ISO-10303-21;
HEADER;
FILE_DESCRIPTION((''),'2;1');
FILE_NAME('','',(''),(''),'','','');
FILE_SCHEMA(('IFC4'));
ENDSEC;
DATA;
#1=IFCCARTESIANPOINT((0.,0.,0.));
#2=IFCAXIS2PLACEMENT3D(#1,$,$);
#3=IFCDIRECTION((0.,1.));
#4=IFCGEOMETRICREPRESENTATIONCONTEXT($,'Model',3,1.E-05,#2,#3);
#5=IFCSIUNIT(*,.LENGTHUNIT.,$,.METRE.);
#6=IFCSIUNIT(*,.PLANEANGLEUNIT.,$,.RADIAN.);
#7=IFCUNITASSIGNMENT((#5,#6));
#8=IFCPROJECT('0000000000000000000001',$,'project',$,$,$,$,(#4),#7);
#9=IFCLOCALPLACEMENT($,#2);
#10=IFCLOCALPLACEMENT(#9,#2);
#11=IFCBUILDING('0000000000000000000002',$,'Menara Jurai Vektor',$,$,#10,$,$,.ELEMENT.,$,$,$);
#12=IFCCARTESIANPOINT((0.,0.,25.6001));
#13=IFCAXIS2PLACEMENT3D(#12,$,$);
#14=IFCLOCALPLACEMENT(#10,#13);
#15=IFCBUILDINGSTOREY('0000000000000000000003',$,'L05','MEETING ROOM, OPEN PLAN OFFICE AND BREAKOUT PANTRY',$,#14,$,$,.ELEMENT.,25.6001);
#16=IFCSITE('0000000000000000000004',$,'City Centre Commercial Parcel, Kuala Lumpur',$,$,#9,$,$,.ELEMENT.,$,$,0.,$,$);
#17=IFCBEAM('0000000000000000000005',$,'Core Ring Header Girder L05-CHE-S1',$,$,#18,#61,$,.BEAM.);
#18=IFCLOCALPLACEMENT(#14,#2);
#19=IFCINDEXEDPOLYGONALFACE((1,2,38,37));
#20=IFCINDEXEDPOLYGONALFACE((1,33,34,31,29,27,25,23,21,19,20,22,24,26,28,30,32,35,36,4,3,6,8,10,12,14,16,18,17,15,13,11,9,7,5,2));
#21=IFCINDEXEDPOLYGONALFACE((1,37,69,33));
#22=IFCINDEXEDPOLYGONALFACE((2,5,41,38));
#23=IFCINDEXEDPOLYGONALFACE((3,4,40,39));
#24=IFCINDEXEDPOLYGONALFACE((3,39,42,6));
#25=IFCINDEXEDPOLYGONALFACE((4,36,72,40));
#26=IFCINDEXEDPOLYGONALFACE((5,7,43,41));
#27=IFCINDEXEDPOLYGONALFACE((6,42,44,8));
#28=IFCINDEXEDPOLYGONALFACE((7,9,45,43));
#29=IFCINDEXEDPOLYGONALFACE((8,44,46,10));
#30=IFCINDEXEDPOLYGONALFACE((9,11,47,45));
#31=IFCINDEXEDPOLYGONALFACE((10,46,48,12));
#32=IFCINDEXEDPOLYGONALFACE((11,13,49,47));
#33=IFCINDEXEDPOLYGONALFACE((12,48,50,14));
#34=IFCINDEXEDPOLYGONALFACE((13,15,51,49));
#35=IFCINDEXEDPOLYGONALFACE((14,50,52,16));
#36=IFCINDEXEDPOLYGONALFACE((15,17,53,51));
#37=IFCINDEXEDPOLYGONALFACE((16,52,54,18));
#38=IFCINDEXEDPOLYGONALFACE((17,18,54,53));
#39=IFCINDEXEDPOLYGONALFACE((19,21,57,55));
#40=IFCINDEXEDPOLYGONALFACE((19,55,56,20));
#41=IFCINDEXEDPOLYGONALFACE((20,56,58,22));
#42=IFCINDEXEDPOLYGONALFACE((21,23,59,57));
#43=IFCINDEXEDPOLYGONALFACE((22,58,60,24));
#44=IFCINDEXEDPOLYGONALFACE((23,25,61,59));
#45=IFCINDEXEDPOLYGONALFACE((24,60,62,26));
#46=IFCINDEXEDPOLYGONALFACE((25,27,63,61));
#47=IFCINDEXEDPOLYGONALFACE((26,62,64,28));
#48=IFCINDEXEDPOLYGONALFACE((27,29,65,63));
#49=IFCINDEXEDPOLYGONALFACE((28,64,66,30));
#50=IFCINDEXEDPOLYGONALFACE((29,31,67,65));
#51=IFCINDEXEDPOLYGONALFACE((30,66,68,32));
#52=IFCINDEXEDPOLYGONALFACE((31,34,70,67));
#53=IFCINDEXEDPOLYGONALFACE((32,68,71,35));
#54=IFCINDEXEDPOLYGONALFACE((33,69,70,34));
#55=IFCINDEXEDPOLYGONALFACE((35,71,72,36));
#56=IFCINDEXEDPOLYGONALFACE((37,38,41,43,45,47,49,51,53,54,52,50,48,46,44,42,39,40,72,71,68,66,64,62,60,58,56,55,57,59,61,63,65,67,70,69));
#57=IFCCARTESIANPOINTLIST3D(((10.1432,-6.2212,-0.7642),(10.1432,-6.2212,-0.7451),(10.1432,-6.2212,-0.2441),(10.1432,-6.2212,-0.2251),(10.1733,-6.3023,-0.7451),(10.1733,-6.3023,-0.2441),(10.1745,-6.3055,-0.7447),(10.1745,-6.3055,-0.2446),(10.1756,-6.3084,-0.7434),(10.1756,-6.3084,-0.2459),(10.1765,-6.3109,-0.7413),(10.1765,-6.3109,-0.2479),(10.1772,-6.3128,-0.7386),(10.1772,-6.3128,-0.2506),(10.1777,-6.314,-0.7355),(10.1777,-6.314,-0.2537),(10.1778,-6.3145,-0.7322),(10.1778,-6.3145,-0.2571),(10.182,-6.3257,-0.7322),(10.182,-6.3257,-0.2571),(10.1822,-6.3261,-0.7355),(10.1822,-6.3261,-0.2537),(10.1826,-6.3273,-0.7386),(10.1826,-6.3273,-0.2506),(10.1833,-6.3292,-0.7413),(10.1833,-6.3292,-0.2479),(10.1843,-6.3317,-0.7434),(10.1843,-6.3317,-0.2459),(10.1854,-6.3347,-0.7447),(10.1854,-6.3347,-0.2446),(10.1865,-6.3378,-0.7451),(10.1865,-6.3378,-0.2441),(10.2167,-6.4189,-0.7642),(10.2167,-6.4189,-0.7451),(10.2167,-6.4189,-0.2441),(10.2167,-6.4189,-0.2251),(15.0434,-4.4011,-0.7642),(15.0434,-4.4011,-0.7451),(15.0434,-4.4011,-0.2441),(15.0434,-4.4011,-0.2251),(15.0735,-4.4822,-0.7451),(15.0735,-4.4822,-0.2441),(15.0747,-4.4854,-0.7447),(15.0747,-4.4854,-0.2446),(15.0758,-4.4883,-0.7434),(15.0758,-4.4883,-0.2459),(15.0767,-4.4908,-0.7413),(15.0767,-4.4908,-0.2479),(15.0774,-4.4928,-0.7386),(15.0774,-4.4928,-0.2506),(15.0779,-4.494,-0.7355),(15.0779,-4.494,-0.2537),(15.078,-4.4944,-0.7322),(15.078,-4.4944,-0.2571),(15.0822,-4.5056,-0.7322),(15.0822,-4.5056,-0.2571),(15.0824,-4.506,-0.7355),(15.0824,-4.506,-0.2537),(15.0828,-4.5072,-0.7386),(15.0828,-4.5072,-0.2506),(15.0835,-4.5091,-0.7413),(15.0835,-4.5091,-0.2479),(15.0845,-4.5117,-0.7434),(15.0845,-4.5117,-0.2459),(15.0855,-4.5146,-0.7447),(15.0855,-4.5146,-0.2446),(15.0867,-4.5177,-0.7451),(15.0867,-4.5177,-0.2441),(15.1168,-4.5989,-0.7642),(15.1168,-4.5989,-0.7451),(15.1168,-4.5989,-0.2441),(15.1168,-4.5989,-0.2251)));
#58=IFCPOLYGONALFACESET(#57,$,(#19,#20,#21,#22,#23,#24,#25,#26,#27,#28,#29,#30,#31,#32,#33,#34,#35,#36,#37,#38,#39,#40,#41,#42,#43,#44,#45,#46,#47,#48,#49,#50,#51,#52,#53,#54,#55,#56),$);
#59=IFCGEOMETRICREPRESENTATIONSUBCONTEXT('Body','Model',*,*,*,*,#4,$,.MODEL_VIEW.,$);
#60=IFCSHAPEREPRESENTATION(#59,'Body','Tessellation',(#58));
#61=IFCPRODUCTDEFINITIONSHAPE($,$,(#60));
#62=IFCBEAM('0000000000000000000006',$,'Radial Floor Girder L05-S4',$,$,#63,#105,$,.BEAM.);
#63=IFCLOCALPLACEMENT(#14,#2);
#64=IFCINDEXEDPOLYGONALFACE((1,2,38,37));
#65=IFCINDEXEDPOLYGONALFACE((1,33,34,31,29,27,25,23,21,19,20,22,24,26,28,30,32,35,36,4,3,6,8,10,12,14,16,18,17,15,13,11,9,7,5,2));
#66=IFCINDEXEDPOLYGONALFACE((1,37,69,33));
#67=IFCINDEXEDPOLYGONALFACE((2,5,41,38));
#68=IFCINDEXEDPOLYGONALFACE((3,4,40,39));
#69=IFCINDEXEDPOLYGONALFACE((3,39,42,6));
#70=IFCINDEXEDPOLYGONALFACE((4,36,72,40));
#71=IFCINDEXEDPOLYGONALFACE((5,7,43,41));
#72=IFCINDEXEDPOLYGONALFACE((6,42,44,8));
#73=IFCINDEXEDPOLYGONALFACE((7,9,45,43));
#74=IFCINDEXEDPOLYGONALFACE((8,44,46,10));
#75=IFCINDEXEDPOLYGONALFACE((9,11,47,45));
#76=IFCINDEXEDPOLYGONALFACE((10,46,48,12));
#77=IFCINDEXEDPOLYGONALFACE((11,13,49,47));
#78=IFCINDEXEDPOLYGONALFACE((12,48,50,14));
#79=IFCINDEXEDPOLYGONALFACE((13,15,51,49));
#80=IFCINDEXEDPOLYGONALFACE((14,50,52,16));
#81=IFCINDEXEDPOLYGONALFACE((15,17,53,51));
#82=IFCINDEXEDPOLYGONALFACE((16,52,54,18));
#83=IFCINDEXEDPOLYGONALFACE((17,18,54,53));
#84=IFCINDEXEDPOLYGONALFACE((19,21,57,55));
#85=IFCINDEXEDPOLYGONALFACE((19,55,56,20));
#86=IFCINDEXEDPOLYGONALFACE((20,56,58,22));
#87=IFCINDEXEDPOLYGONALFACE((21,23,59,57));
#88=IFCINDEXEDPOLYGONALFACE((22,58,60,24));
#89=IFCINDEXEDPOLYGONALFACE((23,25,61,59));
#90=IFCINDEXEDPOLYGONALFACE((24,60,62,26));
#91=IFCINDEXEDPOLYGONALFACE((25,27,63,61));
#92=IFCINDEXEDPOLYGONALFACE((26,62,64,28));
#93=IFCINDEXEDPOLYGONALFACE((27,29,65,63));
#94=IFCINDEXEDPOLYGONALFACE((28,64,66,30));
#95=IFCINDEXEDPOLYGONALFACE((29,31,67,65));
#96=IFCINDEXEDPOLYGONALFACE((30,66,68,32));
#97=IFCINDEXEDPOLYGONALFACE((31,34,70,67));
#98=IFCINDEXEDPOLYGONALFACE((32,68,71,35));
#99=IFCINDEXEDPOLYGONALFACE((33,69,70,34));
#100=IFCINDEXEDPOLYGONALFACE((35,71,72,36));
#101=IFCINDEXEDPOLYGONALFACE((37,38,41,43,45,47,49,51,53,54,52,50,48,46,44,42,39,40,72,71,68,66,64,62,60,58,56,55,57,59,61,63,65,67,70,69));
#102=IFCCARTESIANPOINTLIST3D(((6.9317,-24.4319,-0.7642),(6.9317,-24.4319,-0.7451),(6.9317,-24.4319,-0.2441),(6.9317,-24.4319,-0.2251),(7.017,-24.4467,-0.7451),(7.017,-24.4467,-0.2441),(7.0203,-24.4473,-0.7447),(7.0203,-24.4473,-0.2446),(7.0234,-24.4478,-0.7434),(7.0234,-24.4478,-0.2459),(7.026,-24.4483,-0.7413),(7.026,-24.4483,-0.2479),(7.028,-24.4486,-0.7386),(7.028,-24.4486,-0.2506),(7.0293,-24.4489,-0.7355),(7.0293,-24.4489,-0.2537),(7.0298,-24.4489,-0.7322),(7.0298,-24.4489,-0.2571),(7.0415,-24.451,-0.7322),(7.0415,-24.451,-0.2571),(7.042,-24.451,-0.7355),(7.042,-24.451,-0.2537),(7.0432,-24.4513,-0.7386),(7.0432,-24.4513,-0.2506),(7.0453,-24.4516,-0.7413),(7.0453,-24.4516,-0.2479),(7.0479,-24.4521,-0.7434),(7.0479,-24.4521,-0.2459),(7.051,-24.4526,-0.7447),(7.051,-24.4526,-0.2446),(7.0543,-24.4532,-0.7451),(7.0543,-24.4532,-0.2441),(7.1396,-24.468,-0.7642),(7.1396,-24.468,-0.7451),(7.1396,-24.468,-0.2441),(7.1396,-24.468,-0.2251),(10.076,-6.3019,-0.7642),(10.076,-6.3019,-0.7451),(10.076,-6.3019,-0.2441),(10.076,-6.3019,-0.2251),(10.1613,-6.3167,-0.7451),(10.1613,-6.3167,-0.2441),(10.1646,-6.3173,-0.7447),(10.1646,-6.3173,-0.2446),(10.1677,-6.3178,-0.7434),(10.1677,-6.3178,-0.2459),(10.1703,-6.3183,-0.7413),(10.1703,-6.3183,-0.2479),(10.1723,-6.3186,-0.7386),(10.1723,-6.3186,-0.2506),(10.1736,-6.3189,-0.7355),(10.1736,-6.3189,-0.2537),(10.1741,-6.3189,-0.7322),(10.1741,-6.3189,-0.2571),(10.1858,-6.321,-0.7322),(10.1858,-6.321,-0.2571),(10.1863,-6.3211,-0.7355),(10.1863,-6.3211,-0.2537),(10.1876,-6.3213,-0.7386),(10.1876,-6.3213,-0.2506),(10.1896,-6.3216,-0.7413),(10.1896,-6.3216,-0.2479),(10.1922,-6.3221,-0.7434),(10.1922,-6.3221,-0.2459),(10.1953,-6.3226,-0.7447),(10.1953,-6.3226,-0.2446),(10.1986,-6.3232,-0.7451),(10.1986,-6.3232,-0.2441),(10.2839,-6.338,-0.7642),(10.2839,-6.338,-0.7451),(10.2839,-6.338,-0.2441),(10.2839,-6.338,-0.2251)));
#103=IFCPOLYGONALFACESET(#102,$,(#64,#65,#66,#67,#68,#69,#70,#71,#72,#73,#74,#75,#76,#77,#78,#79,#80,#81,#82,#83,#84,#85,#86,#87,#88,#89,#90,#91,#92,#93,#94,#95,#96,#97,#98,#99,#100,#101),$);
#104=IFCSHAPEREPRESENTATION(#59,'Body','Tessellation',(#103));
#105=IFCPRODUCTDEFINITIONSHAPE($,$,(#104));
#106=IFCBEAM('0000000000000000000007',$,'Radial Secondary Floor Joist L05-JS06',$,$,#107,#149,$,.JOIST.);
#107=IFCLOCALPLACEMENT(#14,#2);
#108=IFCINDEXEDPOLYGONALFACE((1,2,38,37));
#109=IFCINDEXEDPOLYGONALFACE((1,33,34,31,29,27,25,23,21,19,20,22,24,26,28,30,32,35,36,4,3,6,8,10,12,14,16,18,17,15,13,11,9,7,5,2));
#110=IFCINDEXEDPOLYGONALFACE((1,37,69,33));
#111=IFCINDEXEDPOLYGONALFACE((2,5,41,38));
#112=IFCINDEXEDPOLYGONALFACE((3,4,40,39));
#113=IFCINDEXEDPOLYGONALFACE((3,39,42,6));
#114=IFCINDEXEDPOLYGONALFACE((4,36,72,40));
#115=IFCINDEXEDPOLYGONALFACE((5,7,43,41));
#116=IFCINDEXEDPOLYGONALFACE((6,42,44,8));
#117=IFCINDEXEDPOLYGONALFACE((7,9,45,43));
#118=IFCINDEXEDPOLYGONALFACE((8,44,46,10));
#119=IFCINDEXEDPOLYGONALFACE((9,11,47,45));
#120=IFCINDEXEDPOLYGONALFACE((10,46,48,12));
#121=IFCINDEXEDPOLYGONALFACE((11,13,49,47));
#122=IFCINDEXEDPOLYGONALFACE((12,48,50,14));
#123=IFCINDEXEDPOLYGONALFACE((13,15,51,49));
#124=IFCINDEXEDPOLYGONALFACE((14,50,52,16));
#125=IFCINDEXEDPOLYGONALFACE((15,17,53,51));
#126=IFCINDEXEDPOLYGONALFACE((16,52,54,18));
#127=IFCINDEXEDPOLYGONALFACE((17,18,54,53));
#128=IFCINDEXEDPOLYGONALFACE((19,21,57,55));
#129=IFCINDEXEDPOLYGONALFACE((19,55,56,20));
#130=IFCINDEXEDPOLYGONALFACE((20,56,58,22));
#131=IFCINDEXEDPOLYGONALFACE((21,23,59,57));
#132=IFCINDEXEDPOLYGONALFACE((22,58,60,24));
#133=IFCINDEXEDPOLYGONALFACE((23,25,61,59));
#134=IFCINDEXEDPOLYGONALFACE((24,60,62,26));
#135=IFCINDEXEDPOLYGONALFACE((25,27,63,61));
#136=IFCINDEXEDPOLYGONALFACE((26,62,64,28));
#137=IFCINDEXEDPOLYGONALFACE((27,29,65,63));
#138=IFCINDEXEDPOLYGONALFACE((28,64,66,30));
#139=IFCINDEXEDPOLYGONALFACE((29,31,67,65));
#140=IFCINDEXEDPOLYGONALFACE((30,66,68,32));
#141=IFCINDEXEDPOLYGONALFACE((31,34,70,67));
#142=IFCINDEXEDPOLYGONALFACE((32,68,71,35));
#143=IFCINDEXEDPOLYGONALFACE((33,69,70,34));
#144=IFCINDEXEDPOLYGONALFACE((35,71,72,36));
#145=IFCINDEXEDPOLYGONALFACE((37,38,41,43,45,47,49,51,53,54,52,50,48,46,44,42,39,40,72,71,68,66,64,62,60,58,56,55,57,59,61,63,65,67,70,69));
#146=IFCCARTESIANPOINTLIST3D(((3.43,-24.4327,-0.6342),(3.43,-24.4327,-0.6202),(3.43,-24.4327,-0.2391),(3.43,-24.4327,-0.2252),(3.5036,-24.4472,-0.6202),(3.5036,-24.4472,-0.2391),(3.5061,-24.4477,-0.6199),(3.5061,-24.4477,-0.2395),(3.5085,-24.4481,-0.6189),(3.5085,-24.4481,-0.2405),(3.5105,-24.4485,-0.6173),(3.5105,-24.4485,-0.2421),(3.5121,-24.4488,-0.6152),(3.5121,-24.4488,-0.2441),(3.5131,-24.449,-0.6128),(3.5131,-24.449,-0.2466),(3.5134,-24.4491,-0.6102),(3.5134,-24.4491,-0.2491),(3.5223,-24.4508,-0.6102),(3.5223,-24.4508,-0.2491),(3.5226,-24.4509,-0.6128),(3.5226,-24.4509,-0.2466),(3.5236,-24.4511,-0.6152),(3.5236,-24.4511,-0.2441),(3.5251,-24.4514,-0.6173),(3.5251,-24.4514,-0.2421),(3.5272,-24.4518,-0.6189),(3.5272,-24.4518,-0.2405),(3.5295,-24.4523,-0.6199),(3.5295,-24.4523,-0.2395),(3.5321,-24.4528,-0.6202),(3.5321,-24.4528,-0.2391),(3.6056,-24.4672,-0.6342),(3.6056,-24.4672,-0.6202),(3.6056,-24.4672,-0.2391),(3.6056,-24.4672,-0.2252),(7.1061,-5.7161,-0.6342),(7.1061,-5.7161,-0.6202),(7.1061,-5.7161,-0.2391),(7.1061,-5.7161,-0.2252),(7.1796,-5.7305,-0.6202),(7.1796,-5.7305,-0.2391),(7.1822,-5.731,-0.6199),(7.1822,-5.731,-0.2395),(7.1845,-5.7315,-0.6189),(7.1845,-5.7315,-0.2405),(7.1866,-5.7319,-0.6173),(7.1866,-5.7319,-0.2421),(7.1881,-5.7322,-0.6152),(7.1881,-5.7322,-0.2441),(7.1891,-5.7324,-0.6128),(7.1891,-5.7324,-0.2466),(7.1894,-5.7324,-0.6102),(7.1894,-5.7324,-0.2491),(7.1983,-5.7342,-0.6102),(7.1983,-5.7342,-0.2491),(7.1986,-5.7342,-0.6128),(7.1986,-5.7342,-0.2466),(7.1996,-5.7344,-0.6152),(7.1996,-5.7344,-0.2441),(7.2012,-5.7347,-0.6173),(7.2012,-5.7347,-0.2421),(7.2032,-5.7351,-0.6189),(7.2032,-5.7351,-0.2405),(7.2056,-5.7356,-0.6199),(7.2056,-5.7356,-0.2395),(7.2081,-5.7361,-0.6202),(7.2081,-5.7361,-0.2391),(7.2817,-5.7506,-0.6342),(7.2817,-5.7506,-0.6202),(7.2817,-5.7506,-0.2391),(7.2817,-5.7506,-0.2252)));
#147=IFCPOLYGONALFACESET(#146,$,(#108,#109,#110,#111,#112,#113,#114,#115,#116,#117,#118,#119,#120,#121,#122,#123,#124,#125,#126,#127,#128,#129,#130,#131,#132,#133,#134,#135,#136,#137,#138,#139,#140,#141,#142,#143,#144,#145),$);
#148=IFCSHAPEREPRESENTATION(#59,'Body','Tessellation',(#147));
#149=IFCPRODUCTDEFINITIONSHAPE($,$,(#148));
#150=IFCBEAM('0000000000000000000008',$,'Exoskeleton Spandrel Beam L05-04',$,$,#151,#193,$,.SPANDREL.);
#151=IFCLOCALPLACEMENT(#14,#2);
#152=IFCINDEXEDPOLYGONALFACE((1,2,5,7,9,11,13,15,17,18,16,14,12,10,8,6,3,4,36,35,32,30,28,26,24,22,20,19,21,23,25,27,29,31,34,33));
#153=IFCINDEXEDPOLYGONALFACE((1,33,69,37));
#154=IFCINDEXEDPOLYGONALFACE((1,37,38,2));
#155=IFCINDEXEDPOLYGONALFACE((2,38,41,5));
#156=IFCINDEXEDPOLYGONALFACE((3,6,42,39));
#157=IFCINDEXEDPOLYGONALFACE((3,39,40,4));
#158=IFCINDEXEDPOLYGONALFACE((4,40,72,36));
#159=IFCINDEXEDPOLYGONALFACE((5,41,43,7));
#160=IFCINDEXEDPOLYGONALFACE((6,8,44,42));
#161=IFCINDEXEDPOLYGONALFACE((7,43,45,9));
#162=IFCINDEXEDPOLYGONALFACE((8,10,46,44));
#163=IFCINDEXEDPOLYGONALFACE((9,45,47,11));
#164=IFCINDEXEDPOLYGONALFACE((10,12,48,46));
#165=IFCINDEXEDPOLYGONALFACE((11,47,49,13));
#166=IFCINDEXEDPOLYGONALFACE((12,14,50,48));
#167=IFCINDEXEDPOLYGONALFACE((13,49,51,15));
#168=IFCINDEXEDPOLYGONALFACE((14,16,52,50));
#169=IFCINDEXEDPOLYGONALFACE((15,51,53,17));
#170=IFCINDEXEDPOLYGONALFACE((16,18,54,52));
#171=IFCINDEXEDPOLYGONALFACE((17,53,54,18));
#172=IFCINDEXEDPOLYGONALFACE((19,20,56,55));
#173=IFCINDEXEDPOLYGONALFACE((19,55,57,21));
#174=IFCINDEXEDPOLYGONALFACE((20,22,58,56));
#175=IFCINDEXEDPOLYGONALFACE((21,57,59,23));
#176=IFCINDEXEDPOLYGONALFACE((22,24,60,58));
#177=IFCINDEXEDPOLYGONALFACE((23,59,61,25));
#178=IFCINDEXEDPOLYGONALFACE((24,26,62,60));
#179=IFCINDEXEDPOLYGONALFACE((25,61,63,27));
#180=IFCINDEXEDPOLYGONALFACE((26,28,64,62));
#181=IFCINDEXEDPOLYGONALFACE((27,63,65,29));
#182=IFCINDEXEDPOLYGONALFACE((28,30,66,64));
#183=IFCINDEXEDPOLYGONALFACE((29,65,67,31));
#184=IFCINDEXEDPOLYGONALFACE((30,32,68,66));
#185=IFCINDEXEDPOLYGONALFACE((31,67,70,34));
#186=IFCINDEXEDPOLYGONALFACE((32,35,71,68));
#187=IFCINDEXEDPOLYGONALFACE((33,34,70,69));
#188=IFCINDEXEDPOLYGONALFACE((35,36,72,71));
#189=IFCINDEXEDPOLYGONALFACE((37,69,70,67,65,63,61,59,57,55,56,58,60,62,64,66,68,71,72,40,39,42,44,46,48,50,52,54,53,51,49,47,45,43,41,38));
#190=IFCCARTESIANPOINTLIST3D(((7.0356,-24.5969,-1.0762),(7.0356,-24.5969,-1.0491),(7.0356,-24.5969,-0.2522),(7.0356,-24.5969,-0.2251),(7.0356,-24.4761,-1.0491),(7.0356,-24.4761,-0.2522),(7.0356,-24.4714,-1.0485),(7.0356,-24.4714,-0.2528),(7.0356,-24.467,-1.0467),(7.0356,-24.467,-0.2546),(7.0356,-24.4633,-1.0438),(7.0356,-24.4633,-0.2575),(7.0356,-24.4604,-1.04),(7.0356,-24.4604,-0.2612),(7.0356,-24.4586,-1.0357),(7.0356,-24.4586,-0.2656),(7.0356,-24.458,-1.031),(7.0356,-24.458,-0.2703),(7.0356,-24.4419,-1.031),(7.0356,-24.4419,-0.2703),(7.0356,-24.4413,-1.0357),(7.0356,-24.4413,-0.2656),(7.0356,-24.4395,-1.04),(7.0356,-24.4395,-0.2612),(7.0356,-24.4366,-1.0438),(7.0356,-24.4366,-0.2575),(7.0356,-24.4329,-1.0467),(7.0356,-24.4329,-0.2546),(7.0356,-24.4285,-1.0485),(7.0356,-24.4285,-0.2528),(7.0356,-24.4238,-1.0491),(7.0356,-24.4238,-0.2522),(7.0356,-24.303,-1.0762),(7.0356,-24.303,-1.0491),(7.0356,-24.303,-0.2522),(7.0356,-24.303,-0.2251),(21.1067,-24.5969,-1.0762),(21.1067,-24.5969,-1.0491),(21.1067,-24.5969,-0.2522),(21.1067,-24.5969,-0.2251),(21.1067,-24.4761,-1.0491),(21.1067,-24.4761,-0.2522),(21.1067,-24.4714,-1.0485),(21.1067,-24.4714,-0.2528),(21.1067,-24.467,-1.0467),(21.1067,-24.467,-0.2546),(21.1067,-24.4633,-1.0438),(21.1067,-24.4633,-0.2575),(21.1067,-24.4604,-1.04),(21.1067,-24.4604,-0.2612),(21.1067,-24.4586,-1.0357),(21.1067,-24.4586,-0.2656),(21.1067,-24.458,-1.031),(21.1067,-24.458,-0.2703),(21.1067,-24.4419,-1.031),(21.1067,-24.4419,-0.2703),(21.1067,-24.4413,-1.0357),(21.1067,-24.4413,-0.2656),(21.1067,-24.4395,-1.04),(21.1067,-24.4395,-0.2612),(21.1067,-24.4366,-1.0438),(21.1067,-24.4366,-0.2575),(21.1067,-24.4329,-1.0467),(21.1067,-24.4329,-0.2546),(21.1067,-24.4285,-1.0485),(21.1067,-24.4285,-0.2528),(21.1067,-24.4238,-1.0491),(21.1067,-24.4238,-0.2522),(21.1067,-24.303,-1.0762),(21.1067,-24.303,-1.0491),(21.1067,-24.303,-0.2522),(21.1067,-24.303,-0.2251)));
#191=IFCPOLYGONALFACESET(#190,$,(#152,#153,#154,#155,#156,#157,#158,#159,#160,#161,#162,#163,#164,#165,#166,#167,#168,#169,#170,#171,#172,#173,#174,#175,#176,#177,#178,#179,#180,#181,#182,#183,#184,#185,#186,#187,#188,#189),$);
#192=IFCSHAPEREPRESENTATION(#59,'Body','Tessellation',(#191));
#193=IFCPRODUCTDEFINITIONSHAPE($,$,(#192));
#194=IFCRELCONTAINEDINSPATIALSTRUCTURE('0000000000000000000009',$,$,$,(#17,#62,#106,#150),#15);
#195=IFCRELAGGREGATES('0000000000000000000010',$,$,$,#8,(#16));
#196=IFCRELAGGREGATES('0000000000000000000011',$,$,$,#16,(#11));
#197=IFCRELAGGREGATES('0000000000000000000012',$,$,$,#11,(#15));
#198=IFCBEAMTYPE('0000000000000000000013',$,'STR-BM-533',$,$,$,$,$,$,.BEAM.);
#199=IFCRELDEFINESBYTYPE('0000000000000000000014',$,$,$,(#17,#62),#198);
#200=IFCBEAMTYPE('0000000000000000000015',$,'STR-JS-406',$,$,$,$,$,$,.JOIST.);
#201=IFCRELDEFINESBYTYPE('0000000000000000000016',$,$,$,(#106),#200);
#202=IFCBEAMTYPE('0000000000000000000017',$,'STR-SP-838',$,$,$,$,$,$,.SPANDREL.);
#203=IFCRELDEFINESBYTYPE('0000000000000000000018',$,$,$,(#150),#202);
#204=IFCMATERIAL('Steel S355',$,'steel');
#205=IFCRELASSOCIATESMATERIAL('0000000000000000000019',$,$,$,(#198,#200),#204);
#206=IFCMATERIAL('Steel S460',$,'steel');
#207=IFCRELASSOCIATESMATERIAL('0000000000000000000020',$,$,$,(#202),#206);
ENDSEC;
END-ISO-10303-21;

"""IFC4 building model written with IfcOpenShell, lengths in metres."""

from ifc_helpers import new_model, si_unit, direction, frame, origin, origin_2d, place, context, subcontext, project, spatial, i_section, extrude, material, material_profile, profile_set, type_object, element, save


model = new_model("IFC4")

# Units and contexts
model_context = context("Model", 3, precision=1e-05, world=origin(), true_north=direction((0.0, 1.0)))
body_context = subcontext(model_context, "Body", "Model", "MODEL_VIEW")
ifc_project = project(units=[si_unit("LENGTHUNIT", "METRE"), si_unit("PLANEANGLEUNIT", "RADIAN")], contexts=[model_context])

# Site, building, storey
site_placement = place(None, origin())
site = spatial("IfcSite", under=ifc_project, at=site_placement, Name="City Centre Commercial Parcel, Kuala Lumpur", CompositionType="ELEMENT", RefElevation=0.0)
building_placement = place(site_placement, origin())
building = spatial("IfcBuilding", under=site, at=building_placement, Name="Menara Jurai Vektor", CompositionType="ELEMENT")
storey_placement = place(building_placement, frame((0.0, 0.0, 25.6001)))
storey = spatial("IfcBuildingStorey", under=building, at=storey_placement, Name="L05", Description="MEETING ROOM, OPEN PLAN OFFICE AND BREAKOUT PANTRY", CompositionType="ELEMENT", Elevation=25.6001)

# Shared definitions
ifc_material_1 = material(Name="Steel S460", Category="steel")

# Beams
ifc_material_2 = material(Name="Steel S355", Category="steel")
ifc_material_profile_1 = material_profile(ifc_material_2, i_section(OverallWidth=0.2109, OverallDepth=0.5391, WebThickness=0.012, FlangeThickness=0.019, FilletRadius=0.0129, at=origin_2d()), Name="UKB 533x210x109")
ifc_profile_set_1 = profile_set([ifc_material_profile_1], Name="Steel S355")
beam_type_1 = type_object("IfcBeamType", Name="STR-BM-533", PredefinedType="BEAM", material=ifc_profile_set_1)
beam_1_placement = place(storey_placement, frame((10.1799, -6.3201, -0.4946), z_axis=(0.937424, 0.348189, 0.0), x_axis=(-0.348189, 0.937424, 0.0)))
element("IfcBeam", 1, at=beam_1_placement, inside=storey, type_object=beam_type_1, Name="Core Ring Header Girder L05-CHE-S1", PredefinedType="BEAM", context=body_context, shape_type="SweptSolid", body=[
    extrude(i_section(OverallWidth=0.2109, OverallDepth=0.5391, WebThickness=0.012, FlangeThickness=0.019, FilletRadius=0.0129, at=origin_2d()), origin(), (0.0, 0.0, 1.0), 5.2273),
])
beam_2_placement = place(storey_placement, frame((7.0356, -24.45, -0.4946), z_axis=(0.17088, 0.985292, 0.0), x_axis=(-0.985292, 0.17088, 0.0)))
element("IfcBeam", 2, at=beam_2_placement, inside=storey, type_object=beam_type_1, Name="Radial Floor Girder L05-S4", PredefinedType="BEAM", context=body_context, shape_type="SweptSolid", body=[
    extrude(i_section(OverallWidth=0.2109, OverallDepth=0.5391, WebThickness=0.012, FlangeThickness=0.019, FilletRadius=0.0129, at=origin_2d()), origin(), (0.0, 0.0, 1.0), 18.4006),
])
ifc_material_profile_2 = material_profile(ifc_material_2, i_section(OverallWidth=0.179, OverallDepth=0.4089, WebThickness=0.009, FlangeThickness=0.0139, FilletRadius=0.01, at=origin_2d()), Name="UKB 406x178x67")
ifc_profile_set_2 = profile_set([ifc_material_profile_2], Name="Steel S355")
beam_type_2 = type_object("IfcBeamType", Name="STR-JS-406", PredefinedType="JOIST", material=ifc_profile_set_2)
beam_3_placement = place(storey_placement, frame((3.5178, -24.45, -0.4297), z_axis=(0.192723, 0.981253, 0.0), x_axis=(-0.981253, 0.192723, 0.0)))
element("IfcBeam", 3, at=beam_3_placement, inside=storey, type_object=beam_type_2, Name="Radial Secondary Floor Joist L05-JS06", PredefinedType="JOIST", context=body_context, shape_type="SweptSolid", body=[
    extrude(i_section(OverallWidth=0.179, OverallDepth=0.4089, WebThickness=0.009, FlangeThickness=0.0139, FilletRadius=0.01, at=origin_2d()), origin(), (0.0, 0.0, 1.0), 19.0742),
])
ifc_material_profile_3 = material_profile(ifc_material_1, i_section(OverallWidth=0.2939, OverallDepth=0.8511, WebThickness=0.0161, FlangeThickness=0.0271, FilletRadius=0.0181, at=origin_2d()), Name="UKB 838x292x226")
ifc_profile_set_3 = profile_set([ifc_material_profile_3], Name="Steel S460")
beam_type_3 = type_object("IfcBeamType", Name="STR-SP-838", PredefinedType="SPANDREL", material=ifc_profile_set_3)
beam_4_placement = place(storey_placement, frame((7.0356, -24.45, -0.6506), z_axis=(1.0, 0.0, 0.0), x_axis=(0.0, 1.0, 0.0)))
element("IfcBeam", 4, at=beam_4_placement, inside=storey, type_object=beam_type_3, Name="Exoskeleton Spandrel Beam L05-04", PredefinedType="SPANDREL", context=body_context, shape_type="SweptSolid", body=[
    extrude(i_section(OverallWidth=0.2939, OverallDepth=0.8511, WebThickness=0.0161, FlangeThickness=0.0271, FilletRadius=0.0181, at=origin_2d()), origin(), (0.0, 0.0, 1.0), 14.071),
])

save(model, "model.ifc")
